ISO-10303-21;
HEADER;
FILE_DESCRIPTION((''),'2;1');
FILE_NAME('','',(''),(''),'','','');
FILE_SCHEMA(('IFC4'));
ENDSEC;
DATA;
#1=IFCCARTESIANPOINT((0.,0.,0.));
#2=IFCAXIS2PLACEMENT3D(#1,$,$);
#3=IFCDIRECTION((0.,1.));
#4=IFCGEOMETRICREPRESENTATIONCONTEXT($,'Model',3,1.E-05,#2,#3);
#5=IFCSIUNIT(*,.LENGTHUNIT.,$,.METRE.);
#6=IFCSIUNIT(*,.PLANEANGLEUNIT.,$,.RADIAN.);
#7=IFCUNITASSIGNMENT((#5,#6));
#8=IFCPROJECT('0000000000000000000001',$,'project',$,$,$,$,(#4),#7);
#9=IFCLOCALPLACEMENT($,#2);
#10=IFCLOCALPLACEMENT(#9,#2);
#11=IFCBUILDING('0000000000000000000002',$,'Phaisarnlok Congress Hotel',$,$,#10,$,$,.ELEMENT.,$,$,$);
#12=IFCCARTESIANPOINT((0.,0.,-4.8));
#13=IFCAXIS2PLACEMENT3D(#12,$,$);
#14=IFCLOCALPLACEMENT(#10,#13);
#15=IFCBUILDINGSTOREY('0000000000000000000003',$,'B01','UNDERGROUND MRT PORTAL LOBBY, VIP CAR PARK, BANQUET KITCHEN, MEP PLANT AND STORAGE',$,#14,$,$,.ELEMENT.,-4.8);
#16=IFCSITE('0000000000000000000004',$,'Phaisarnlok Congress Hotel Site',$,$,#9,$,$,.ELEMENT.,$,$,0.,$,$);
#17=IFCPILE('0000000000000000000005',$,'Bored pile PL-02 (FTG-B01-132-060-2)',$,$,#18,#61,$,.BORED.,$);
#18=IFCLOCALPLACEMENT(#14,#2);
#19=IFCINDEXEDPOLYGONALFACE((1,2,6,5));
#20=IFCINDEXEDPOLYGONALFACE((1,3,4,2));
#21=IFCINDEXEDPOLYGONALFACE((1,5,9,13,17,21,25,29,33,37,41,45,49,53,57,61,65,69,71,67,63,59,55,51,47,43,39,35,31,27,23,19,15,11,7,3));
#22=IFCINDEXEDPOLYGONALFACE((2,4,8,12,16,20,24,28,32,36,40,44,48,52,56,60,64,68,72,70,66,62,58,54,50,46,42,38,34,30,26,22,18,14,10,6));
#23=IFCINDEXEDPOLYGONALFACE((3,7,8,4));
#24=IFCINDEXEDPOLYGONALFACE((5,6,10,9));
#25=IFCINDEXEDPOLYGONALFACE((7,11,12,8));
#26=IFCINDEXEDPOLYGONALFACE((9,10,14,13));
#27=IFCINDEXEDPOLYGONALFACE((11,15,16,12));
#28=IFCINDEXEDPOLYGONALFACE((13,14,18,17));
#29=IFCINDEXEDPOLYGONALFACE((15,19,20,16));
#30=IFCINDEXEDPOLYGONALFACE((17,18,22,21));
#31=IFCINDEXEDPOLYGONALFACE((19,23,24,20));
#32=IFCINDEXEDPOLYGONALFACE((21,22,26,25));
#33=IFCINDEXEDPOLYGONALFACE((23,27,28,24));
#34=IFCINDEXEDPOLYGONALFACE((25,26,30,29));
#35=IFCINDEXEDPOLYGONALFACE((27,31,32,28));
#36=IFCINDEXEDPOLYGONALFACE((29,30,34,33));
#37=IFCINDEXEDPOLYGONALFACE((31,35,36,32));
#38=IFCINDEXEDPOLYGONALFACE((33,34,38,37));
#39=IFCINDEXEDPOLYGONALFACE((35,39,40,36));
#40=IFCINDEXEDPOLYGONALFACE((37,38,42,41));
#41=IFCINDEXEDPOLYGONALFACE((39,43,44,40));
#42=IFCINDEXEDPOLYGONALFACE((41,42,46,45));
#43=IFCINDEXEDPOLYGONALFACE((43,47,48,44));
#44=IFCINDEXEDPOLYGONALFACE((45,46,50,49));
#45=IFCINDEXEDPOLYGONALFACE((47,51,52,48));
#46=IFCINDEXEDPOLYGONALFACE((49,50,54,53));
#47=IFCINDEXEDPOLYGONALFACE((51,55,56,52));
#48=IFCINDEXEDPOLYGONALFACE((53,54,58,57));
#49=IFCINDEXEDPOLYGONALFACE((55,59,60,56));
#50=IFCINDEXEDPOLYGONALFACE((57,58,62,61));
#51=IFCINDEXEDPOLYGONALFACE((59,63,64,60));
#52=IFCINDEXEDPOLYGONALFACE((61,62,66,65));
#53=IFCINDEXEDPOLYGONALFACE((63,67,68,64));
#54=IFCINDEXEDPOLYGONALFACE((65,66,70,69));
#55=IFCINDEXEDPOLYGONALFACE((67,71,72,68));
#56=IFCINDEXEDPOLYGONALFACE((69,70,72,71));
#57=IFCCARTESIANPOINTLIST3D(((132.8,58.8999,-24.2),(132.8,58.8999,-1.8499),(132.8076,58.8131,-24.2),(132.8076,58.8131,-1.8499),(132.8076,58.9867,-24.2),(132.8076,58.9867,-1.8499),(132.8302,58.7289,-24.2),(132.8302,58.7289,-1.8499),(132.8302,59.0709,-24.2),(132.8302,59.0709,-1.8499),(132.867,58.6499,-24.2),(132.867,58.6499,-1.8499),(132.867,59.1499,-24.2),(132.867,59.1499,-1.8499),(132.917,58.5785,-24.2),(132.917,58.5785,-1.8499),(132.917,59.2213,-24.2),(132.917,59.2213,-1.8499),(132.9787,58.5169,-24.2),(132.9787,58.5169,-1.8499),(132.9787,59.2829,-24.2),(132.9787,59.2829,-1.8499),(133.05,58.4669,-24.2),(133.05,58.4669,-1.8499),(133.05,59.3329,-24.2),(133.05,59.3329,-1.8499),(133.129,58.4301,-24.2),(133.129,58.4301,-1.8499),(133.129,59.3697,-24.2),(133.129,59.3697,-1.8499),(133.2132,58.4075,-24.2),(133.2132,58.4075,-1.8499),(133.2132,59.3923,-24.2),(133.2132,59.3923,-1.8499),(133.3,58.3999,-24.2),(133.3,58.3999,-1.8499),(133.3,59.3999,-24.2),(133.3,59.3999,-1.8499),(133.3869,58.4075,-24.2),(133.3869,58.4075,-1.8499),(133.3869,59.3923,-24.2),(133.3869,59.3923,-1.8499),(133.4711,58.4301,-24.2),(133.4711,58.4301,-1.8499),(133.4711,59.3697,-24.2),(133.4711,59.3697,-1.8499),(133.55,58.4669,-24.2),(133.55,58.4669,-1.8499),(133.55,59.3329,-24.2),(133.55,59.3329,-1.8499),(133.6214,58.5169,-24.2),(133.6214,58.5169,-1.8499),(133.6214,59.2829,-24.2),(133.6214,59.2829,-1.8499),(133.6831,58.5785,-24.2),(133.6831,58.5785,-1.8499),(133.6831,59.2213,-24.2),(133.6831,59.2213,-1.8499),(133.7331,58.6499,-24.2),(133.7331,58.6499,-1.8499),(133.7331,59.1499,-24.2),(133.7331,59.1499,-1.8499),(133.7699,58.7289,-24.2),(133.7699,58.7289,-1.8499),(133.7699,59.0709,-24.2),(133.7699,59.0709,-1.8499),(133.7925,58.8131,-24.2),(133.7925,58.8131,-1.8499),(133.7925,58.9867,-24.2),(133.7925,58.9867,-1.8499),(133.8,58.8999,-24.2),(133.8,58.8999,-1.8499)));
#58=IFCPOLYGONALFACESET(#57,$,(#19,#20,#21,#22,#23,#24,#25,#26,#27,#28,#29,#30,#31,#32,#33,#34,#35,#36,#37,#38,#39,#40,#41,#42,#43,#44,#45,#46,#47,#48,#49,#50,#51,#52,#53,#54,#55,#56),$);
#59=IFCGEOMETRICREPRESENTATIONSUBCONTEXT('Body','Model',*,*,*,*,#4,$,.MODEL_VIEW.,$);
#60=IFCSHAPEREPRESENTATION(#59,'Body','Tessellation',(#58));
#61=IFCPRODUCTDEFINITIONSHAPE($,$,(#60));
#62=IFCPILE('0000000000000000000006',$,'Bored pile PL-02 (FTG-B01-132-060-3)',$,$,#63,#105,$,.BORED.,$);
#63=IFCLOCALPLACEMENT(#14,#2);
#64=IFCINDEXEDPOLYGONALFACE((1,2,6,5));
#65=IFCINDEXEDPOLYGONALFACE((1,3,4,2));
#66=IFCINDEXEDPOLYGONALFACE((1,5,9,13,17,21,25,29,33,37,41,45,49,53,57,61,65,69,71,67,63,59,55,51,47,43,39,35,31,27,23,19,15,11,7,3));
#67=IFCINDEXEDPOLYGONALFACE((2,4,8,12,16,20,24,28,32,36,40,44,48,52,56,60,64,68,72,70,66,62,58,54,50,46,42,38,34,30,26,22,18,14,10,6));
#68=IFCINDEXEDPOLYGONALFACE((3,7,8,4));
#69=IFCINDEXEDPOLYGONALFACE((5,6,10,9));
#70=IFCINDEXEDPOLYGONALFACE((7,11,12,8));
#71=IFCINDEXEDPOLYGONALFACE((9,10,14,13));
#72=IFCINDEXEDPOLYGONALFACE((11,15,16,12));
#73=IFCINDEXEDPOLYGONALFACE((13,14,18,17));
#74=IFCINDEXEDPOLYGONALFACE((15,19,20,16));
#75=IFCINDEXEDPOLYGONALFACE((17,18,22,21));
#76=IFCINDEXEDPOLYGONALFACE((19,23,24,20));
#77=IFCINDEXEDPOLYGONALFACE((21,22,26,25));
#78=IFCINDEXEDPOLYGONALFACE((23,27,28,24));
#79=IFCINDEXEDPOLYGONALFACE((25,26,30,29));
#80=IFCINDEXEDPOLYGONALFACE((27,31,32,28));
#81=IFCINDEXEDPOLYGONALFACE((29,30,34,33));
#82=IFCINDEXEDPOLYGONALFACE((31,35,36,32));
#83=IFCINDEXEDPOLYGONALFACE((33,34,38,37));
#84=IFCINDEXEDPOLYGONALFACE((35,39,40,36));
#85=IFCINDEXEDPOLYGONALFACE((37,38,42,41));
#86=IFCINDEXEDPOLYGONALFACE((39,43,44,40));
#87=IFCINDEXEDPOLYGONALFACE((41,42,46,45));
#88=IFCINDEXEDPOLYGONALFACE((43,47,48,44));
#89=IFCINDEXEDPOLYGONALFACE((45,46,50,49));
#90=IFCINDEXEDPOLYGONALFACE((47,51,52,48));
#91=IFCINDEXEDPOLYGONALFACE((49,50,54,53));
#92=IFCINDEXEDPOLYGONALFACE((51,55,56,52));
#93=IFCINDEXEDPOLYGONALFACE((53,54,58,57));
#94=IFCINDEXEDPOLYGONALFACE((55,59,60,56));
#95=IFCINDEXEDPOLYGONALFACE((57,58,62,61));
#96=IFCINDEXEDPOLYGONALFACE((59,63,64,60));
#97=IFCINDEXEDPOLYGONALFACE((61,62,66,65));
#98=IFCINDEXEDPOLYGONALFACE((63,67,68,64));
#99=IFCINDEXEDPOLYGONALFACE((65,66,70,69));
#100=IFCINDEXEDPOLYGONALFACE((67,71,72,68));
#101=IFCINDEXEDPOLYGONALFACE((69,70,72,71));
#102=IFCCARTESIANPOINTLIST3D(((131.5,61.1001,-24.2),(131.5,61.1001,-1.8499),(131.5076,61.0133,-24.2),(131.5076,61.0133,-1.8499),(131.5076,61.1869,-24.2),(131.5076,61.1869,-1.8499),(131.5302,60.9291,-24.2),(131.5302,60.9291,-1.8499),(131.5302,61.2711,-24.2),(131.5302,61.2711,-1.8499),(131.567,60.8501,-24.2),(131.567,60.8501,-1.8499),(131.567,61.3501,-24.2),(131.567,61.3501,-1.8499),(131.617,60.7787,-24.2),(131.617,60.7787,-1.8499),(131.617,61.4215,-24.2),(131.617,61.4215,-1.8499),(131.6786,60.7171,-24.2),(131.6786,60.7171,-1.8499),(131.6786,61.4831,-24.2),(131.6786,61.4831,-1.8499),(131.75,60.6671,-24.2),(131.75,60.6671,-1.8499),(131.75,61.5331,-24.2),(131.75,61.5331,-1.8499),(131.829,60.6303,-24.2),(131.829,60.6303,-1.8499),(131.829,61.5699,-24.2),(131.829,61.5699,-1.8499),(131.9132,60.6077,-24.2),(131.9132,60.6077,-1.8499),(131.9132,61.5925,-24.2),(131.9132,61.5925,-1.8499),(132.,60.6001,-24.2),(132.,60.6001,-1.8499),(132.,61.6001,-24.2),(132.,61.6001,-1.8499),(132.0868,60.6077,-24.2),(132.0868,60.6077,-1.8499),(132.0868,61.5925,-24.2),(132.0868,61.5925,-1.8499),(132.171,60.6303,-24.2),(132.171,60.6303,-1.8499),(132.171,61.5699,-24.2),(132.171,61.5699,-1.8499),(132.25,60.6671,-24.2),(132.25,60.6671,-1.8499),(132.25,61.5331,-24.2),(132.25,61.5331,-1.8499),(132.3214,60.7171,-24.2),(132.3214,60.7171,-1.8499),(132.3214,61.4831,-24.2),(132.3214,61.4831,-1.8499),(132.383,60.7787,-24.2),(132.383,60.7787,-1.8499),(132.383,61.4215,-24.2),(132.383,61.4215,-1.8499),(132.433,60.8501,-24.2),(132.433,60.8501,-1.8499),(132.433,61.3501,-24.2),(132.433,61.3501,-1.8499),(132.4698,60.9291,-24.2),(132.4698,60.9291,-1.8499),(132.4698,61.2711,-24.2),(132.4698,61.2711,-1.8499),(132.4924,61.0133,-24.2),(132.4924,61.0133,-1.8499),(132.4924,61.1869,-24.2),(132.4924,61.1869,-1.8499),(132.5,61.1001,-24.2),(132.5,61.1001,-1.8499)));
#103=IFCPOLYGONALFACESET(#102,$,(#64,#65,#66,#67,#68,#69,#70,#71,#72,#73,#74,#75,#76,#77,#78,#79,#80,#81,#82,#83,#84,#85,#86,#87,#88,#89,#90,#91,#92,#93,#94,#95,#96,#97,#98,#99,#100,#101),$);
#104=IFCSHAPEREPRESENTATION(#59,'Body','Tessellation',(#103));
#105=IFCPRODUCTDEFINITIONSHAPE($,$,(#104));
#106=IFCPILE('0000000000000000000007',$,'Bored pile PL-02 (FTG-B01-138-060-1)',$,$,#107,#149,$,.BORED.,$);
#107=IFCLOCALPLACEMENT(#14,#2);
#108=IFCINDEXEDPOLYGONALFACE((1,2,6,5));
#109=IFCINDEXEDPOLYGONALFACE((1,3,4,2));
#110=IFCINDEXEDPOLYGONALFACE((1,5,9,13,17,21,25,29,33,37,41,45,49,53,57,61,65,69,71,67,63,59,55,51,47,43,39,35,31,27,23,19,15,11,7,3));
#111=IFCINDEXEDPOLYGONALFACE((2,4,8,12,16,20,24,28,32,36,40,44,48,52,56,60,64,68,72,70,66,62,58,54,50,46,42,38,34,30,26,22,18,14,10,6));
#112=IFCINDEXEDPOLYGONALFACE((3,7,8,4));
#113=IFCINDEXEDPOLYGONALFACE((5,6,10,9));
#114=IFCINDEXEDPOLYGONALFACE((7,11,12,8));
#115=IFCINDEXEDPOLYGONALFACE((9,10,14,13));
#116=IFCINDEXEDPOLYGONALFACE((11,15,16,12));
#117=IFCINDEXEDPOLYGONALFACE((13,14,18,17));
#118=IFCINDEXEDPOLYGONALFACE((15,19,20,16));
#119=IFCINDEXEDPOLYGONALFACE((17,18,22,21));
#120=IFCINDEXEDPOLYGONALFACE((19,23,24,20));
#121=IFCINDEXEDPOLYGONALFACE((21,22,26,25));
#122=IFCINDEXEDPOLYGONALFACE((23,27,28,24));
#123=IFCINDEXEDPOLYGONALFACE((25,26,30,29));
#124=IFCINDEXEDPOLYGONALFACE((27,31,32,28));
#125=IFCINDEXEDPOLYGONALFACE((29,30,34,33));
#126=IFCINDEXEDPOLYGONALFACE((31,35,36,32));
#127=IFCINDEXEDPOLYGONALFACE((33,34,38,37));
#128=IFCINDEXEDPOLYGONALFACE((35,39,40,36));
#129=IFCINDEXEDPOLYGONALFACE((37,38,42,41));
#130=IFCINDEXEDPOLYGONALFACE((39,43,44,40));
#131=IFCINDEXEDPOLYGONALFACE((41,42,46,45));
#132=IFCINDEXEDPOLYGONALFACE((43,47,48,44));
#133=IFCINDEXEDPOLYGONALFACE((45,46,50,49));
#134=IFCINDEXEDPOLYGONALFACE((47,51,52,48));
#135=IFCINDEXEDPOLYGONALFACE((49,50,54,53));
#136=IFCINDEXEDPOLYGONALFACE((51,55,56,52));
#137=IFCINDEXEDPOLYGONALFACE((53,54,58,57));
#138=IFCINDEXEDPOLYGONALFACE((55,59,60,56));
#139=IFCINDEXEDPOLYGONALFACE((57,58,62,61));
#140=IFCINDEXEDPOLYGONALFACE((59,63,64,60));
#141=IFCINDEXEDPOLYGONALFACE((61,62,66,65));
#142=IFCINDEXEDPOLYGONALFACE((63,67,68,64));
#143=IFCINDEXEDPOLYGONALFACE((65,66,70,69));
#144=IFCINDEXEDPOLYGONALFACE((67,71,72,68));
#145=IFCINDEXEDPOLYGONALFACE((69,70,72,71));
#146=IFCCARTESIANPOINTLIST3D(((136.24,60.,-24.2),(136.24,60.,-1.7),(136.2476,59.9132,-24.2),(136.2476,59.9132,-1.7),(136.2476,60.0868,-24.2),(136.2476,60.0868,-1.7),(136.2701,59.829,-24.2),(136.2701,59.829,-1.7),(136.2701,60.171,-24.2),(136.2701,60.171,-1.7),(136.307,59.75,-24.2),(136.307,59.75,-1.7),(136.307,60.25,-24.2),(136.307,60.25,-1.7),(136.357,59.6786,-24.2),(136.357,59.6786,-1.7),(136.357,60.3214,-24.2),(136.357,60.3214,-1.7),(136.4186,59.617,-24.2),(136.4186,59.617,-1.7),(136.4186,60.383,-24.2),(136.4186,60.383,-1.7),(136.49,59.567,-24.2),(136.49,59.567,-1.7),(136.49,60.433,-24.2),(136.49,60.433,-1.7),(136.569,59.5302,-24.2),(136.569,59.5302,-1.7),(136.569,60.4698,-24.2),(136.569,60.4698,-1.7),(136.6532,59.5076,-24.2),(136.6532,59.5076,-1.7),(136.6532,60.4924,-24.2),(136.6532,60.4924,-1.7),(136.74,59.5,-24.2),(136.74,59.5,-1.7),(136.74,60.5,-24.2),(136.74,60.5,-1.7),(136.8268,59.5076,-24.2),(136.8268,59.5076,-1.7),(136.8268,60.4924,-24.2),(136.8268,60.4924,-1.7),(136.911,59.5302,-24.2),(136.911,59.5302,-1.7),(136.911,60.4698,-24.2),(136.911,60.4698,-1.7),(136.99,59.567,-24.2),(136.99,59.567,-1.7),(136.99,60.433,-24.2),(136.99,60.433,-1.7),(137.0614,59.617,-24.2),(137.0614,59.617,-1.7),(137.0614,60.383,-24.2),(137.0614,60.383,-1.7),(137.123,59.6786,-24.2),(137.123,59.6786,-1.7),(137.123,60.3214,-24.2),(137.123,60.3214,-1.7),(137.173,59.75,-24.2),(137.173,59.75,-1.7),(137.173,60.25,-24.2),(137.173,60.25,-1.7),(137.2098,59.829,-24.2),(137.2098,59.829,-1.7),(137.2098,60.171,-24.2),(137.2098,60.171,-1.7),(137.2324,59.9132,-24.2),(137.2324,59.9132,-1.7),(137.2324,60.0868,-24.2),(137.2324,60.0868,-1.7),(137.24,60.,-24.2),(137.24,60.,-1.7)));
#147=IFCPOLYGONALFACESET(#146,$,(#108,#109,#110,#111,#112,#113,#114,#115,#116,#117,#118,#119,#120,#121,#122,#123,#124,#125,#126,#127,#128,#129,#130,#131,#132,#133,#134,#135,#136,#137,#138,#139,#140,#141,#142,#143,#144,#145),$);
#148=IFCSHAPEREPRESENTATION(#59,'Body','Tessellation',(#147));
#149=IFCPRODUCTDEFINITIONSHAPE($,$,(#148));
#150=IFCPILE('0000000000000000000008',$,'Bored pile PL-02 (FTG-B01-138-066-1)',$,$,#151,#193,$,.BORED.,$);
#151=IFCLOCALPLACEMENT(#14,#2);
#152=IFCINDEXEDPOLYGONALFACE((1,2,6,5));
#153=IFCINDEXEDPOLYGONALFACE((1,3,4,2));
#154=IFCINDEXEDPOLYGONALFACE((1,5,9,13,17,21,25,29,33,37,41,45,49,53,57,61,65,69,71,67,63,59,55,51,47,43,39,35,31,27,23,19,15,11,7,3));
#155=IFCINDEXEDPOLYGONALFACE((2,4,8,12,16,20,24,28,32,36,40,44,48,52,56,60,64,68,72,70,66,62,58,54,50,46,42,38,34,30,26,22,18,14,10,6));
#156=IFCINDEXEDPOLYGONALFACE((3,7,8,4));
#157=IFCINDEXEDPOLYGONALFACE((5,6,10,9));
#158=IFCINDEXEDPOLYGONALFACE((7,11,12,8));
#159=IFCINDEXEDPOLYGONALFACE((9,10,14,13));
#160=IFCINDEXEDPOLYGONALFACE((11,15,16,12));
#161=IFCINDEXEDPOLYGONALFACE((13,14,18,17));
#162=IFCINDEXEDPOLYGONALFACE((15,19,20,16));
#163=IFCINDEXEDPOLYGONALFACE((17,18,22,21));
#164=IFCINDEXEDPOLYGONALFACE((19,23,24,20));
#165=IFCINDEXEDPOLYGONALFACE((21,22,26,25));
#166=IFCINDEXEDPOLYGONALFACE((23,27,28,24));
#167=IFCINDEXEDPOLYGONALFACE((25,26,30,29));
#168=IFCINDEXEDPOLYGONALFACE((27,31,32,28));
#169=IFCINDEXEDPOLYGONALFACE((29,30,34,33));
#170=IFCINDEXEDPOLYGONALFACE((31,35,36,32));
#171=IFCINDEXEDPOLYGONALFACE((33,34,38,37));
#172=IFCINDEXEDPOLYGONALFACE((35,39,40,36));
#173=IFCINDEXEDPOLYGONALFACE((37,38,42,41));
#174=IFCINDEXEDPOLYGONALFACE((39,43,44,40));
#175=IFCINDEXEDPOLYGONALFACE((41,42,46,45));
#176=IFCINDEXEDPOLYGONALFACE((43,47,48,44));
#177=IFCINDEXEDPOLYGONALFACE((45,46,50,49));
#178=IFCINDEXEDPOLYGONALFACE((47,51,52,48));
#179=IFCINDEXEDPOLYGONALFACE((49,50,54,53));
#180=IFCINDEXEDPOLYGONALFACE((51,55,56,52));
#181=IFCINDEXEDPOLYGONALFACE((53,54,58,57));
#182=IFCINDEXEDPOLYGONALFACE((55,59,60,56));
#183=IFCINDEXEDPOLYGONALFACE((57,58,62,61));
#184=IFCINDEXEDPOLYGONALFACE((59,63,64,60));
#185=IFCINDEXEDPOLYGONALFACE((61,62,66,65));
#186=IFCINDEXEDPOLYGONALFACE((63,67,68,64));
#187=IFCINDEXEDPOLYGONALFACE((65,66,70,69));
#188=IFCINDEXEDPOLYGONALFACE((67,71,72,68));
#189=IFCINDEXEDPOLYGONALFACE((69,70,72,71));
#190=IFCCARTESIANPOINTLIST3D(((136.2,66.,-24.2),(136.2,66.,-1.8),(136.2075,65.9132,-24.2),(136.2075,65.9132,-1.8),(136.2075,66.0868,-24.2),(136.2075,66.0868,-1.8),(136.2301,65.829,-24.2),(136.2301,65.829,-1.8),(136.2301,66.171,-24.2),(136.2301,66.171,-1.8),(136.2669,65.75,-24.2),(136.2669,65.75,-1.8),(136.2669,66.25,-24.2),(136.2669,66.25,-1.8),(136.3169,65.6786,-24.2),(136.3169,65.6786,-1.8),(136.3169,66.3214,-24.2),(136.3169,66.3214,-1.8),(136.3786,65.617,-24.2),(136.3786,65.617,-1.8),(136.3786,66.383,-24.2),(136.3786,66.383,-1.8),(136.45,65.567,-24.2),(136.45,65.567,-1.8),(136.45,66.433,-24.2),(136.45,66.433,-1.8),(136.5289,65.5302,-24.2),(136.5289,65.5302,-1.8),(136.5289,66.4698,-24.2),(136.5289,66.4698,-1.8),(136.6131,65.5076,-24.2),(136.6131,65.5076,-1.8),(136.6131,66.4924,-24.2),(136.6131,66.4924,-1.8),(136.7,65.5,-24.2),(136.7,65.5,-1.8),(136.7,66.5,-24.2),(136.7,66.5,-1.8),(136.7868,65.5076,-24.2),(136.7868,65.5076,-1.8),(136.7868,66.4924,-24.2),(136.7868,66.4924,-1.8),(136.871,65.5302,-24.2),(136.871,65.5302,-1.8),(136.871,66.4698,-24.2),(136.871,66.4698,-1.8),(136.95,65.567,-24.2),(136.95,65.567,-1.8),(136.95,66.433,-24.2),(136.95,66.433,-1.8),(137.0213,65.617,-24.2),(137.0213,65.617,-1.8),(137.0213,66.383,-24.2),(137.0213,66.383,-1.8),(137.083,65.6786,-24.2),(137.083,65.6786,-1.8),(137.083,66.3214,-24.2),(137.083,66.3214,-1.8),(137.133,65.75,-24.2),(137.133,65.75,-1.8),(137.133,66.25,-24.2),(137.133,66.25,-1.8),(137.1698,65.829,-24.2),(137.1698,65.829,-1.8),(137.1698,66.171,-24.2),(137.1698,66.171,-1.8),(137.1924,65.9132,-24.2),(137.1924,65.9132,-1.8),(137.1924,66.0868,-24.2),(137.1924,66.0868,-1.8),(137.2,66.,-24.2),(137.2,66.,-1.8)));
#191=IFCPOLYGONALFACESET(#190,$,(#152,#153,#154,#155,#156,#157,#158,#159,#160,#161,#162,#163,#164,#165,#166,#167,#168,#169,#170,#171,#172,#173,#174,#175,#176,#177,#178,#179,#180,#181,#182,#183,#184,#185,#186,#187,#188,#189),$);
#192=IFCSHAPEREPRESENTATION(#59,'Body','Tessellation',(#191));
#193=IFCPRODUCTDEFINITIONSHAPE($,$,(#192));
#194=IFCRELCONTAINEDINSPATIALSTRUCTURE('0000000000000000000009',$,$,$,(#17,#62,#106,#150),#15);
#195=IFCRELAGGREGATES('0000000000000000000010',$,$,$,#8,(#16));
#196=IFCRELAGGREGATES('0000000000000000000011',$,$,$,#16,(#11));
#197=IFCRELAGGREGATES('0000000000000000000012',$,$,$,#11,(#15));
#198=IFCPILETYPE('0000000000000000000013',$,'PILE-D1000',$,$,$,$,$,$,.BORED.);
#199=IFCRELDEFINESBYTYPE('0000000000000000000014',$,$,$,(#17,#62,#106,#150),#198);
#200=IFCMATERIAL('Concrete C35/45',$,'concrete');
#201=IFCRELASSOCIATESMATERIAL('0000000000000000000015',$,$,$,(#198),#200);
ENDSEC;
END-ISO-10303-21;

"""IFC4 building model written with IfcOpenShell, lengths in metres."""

from ifc_helpers import new_model, si_unit, direction, frame, origin, origin_2d, place, context, subcontext, project, spatial, circle, extrude, material, material_profile, profile_set, type_object, element, save


model = new_model("IFC4")

# Units and contexts
model_context = context("Model", 3, precision=1e-05, world=origin(), true_north=direction((0.0, 1.0)))
body_context = subcontext(model_context, "Body", "Model", "MODEL_VIEW")
ifc_project = project(units=[si_unit("LENGTHUNIT", "METRE"), si_unit("PLANEANGLEUNIT", "RADIAN")], contexts=[model_context])

# Site, building, storey
site_placement = place(None, origin())
site = spatial("IfcSite", under=ifc_project, at=site_placement, Name="Phaisarnlok Congress Hotel Site", CompositionType="ELEMENT", RefElevation=0.0)
building_placement = place(site_placement, origin())
building = spatial("IfcBuilding", under=site, at=building_placement, Name="Phaisarnlok Congress Hotel", CompositionType="ELEMENT")
storey_placement = place(building_placement, frame((0.0, 0.0, -4.8)))
storey = spatial("IfcBuildingStorey", under=building, at=storey_placement, Name="B01", Description="UNDERGROUND MRT PORTAL LOBBY, VIP CAR PARK, BANQUET KITCHEN, MEP PLANT AND STORAGE", CompositionType="ELEMENT", Elevation=-4.8)

# Piles
ifc_material_1 = material(Name="Concrete C35/45", Category="concrete")
ifc_material_profile_1 = material_profile(ifc_material_1, circle(Radius=0.5, at=origin_2d()), Name="BORED PILE D1000")
ifc_profile_set_1 = profile_set([ifc_material_profile_1], Name="Concrete C35/45")
pile_type_1 = type_object("IfcPileType", Name="PILE-D1000", PredefinedType="BORED", material=ifc_profile_set_1)
for number, where, z_axis, x_axis, name in (
    (1, (133.3, 58.8999, -1.8499), (0.0, 0.0, -1.0), (1.0, 0.0, 0.0), "Bored pile PL-02 (FTG-B01-132-060-2)"),
    (2, (132.0, 61.1001, -1.8499), (0.0, 0.0, -1.0), (1.0, 0.0, 0.0), "Bored pile PL-02 (FTG-B01-132-060-3)"),
):
    element("IfcPile", number, at=place(storey_placement, frame(where, z_axis=z_axis, x_axis=x_axis)), inside=storey, type_object=pile_type_1, Name=name, PredefinedType="BORED", context=body_context, shape_type="SweptSolid", body=[
        extrude(circle(Radius=0.5, at=origin_2d()), origin(), (0.0, 0.0, 1.0), 22.3501),
    ])
pile_1_placement = place(storey_placement, frame((136.74, 60.0, -1.7), z_axis=(0.0, 0.0, -1.0), x_axis=(1.0, 0.0, 0.0)))
element("IfcPile", 3, at=pile_1_placement, inside=storey, type_object=pile_type_1, Name="Bored pile PL-02 (FTG-B01-138-060-1)", PredefinedType="BORED", context=body_context, shape_type="SweptSolid", body=[
    extrude(circle(Radius=0.5, at=origin_2d()), origin(), (0.0, 0.0, 1.0), 22.5),
])
pile_2_placement = place(storey_placement, frame((136.7, 66.0, -1.8), z_axis=(0.0, 0.0, -1.0), x_axis=(1.0, 0.0, 0.0)))
element("IfcPile", 4, at=pile_2_placement, inside=storey, type_object=pile_type_1, Name="Bored pile PL-02 (FTG-B01-138-066-1)", PredefinedType="BORED", context=body_context, shape_type="SweptSolid", body=[
    extrude(circle(Radius=0.5, at=origin_2d()), origin(), (0.0, 0.0, 1.0), 22.3999),
])

save(model, "model.ifc")
